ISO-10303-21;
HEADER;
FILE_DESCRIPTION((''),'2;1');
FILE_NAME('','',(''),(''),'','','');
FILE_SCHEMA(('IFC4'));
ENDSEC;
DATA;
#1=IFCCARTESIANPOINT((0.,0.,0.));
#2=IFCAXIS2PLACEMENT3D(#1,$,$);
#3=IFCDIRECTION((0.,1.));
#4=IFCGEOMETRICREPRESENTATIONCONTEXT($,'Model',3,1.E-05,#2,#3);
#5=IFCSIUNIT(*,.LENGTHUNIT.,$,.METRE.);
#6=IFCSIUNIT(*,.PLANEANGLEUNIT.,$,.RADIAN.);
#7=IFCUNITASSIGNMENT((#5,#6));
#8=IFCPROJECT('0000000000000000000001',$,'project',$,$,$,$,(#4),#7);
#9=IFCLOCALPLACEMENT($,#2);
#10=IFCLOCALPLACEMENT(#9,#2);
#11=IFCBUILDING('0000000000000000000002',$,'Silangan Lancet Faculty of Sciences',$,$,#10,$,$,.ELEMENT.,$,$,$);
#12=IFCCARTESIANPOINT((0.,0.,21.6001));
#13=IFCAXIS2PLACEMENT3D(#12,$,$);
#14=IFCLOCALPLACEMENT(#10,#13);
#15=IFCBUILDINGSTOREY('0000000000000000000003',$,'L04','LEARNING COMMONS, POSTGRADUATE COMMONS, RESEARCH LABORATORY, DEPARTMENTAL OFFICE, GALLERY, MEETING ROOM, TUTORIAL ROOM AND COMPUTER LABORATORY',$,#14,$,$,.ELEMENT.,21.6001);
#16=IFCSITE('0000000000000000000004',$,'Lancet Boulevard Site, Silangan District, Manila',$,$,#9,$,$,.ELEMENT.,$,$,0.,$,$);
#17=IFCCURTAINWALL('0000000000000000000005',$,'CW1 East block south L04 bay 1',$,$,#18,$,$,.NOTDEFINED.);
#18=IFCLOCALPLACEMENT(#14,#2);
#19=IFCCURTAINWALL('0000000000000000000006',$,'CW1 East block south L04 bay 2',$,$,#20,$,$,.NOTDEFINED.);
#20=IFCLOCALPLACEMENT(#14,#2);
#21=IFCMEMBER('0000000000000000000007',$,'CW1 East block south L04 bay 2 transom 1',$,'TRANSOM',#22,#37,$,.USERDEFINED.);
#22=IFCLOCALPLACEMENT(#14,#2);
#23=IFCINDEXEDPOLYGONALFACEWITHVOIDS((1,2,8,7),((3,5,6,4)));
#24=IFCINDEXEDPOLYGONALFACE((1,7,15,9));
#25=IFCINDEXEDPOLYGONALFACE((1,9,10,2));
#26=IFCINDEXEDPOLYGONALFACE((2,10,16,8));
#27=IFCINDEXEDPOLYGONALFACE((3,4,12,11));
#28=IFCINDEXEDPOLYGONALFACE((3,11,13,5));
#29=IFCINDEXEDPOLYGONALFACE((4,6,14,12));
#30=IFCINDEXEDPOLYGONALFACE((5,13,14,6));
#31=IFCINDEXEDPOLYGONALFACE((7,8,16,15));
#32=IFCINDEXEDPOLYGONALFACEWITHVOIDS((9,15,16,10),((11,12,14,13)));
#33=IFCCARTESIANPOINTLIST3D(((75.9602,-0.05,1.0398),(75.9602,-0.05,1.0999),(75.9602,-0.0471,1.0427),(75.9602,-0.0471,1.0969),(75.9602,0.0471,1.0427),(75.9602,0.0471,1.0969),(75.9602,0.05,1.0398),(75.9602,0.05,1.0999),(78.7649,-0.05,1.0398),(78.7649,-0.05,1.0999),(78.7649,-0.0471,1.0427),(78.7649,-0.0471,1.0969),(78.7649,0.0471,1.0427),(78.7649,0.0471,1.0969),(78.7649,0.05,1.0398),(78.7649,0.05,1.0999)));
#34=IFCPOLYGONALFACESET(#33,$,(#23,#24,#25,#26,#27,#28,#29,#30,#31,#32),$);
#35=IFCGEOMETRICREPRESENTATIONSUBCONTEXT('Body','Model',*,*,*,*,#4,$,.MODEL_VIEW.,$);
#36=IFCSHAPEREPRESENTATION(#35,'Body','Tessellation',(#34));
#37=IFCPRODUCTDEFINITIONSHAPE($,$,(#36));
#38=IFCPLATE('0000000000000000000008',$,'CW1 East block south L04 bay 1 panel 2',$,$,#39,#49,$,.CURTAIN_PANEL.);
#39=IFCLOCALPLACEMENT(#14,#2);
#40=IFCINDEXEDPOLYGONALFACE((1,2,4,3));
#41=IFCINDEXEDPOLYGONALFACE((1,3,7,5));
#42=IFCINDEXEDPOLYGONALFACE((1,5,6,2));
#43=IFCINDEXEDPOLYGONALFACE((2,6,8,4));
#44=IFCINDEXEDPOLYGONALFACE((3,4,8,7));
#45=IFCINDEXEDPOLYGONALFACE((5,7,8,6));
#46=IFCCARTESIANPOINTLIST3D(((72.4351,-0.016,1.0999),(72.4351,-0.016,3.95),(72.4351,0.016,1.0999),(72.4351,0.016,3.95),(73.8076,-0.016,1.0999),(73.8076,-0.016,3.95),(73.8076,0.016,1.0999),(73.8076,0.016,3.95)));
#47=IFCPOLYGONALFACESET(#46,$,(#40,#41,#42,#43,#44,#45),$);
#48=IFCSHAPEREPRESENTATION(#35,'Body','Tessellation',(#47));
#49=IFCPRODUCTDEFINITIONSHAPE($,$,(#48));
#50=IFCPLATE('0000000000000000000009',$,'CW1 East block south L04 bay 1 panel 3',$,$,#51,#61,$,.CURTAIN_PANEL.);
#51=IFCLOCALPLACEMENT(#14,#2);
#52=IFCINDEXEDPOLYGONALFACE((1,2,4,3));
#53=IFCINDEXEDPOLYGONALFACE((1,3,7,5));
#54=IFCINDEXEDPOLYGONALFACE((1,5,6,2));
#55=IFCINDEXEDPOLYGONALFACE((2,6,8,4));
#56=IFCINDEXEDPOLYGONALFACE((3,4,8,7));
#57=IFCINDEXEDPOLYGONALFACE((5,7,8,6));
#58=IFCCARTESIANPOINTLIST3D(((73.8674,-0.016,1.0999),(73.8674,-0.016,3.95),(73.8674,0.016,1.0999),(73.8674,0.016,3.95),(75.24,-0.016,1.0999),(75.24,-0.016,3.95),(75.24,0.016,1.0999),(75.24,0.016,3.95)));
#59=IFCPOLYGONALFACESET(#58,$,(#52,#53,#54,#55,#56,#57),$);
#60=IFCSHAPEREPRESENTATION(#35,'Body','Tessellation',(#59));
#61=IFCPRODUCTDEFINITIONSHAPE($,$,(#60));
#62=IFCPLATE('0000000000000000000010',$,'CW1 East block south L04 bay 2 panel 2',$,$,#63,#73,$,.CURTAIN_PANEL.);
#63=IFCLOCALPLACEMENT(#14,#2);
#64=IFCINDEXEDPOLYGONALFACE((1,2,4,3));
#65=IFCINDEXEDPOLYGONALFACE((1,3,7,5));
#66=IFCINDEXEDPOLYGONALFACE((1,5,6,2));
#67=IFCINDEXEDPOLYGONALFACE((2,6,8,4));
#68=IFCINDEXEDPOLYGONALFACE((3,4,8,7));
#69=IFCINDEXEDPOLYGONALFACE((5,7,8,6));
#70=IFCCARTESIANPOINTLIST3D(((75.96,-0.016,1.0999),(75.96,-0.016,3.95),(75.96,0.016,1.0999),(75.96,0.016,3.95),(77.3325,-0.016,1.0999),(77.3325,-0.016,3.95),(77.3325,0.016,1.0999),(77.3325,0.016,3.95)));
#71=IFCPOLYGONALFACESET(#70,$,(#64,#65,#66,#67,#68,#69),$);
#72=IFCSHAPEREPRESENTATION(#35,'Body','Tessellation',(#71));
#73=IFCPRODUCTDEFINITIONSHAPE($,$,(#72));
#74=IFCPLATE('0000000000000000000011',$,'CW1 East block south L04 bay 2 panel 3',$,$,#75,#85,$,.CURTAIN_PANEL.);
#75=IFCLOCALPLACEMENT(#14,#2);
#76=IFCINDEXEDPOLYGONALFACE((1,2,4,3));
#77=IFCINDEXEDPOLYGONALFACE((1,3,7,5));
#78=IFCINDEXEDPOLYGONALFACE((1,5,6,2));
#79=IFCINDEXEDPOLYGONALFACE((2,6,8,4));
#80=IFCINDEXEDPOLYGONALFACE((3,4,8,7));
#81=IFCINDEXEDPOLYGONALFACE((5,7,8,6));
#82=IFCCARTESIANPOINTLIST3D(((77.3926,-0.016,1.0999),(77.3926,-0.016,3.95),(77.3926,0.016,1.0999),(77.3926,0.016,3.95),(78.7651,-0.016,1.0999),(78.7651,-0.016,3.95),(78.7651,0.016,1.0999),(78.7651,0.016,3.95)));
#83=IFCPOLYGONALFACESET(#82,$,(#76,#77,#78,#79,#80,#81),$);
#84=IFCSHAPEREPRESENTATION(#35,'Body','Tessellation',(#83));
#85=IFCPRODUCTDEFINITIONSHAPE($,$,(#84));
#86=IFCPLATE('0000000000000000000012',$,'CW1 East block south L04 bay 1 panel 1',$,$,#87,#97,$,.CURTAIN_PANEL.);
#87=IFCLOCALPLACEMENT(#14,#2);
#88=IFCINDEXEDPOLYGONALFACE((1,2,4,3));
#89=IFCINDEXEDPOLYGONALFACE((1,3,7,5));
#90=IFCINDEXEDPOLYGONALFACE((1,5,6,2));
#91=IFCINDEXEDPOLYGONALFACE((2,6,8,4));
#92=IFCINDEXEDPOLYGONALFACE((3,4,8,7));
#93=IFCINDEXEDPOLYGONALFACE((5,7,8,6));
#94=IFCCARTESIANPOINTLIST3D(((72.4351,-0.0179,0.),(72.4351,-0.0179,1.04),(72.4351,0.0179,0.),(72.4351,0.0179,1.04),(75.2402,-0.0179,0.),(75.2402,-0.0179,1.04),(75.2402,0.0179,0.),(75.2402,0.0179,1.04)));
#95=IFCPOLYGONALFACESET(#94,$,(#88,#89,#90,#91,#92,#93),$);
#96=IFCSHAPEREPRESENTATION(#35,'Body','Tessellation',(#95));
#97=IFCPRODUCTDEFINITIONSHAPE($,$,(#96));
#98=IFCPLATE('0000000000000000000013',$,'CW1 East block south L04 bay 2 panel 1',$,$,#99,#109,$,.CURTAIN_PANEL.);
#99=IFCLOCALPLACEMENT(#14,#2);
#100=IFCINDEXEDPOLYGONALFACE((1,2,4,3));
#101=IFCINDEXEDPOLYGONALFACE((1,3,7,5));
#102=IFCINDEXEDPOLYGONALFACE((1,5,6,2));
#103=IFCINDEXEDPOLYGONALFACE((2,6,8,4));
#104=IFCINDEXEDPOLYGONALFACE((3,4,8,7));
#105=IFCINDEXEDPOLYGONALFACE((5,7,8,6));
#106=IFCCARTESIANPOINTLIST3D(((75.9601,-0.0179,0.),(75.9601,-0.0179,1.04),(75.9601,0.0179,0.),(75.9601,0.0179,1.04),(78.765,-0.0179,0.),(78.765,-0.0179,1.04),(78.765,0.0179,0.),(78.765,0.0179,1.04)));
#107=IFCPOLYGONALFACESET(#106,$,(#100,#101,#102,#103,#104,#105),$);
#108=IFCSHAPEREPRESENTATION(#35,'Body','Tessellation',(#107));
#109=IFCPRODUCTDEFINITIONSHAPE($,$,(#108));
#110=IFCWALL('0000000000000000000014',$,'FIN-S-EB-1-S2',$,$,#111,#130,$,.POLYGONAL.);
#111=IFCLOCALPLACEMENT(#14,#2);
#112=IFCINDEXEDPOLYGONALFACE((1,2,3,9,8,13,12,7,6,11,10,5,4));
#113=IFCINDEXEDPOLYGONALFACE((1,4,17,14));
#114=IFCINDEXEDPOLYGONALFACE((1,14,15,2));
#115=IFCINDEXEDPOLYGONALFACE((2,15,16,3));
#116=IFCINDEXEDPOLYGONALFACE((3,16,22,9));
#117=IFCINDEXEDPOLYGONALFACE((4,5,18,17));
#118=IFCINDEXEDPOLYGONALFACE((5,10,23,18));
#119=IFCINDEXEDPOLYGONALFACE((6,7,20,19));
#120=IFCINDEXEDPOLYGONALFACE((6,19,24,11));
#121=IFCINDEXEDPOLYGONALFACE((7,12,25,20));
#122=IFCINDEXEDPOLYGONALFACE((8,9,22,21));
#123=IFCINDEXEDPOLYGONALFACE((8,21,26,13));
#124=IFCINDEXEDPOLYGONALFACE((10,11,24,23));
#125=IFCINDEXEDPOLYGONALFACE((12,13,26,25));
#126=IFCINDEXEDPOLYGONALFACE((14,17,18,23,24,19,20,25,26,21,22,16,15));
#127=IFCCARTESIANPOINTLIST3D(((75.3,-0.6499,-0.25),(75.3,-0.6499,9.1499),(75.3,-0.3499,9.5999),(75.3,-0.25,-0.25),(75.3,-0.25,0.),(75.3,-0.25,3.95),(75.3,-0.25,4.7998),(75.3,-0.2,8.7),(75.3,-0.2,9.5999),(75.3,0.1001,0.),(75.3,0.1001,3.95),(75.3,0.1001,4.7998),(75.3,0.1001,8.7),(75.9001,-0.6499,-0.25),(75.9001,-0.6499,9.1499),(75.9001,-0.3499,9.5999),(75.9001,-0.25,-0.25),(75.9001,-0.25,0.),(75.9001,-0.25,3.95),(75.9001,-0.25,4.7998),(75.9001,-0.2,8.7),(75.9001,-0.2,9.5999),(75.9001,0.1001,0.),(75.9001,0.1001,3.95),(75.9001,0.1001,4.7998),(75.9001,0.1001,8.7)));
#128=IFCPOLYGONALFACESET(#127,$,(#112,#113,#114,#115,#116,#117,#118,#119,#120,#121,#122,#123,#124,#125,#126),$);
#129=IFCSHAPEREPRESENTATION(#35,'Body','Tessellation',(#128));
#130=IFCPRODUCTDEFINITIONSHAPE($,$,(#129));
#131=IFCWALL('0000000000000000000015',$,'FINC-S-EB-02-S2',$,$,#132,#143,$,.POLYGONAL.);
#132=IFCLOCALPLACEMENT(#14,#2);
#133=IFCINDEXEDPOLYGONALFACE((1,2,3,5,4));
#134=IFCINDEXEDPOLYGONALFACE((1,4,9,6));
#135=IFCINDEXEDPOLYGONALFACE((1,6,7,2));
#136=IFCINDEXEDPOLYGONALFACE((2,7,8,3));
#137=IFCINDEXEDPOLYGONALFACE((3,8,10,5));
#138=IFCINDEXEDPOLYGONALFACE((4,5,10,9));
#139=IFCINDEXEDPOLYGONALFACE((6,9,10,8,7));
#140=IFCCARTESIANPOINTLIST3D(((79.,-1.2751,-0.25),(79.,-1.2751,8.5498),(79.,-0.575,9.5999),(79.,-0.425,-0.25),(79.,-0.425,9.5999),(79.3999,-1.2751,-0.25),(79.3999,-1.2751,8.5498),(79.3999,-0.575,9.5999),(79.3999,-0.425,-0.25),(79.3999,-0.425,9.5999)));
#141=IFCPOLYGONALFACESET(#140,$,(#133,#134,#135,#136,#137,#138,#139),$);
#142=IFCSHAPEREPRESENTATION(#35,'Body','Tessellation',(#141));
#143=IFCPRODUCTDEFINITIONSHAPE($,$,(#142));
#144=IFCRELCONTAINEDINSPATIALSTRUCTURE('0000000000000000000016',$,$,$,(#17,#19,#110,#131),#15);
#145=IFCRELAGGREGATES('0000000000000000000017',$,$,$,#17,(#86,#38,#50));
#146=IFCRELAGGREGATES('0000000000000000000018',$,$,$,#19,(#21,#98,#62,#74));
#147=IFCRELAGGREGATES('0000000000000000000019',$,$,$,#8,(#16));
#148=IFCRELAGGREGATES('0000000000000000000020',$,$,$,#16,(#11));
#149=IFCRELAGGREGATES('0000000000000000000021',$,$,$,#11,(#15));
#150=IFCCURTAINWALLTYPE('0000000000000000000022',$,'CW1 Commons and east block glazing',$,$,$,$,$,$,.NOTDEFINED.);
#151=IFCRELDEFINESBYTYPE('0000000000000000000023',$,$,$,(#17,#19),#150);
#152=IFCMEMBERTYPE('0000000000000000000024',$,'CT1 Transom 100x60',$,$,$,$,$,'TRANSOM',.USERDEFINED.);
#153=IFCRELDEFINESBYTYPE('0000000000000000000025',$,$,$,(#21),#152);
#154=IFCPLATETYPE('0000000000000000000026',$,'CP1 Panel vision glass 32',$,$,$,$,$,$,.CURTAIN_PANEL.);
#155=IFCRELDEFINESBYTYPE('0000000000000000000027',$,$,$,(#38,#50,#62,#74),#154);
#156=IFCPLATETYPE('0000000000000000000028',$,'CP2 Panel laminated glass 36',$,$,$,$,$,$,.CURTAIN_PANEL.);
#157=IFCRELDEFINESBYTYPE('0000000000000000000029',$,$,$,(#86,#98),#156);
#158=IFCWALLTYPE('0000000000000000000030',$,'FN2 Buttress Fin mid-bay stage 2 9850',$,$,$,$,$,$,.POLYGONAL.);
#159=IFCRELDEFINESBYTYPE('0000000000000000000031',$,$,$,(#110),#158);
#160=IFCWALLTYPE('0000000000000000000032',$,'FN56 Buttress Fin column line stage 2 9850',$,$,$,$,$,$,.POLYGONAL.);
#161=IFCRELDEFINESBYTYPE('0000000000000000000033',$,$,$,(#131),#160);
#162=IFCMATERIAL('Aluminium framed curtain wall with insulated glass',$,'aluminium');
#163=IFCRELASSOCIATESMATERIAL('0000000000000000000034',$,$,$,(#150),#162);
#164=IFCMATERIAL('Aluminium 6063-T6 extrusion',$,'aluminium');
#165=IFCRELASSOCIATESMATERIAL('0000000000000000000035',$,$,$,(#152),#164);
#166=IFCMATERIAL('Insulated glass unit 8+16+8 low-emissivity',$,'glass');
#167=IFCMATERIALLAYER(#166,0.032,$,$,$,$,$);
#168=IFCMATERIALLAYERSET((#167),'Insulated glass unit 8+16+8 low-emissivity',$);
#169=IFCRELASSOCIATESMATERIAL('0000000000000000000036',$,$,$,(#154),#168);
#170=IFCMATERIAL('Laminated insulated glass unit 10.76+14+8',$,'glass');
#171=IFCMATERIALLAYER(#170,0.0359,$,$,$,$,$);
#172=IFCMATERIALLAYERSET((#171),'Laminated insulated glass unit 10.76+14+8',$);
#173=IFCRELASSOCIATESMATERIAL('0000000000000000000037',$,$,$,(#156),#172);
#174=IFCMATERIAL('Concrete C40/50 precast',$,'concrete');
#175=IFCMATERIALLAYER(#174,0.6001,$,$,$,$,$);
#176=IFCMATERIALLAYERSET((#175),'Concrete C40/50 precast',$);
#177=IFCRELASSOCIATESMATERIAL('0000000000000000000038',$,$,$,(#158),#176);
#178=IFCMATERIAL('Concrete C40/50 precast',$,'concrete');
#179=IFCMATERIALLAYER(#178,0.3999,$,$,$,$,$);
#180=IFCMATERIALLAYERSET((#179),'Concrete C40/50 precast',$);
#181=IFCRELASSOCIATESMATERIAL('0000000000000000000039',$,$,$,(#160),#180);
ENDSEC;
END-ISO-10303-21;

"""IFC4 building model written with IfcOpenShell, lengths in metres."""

from ifc_helpers import new_model, si_unit, direction, frame, origin, origin_2d, place, context, subcontext, project, spatial, polyline, rectangle, hollow_rectangle, outline, extrude, material, layer, layer_set, material_profile, profile_set, type_object, element, aggregate, save


model = new_model("IFC4")

# Units and contexts
model_context = context("Model", 3, precision=1e-05, world=origin(), true_north=direction((0.0, 1.0)))
body_context = subcontext(model_context, "Body", "Model", "MODEL_VIEW")
ifc_project = project(units=[si_unit("LENGTHUNIT", "METRE"), si_unit("PLANEANGLEUNIT", "RADIAN")], contexts=[model_context])

# Site, building, storey
site_placement = place(None, origin())
site = spatial("IfcSite", under=ifc_project, at=site_placement, Name="Lancet Boulevard Site, Silangan District, Manila", CompositionType="ELEMENT", RefElevation=0.0)
building_placement = place(site_placement, origin())
building = spatial("IfcBuilding", under=site, at=building_placement, Name="Silangan Lancet Faculty of Sciences", CompositionType="ELEMENT")
storey_placement = place(building_placement, frame((0.0, 0.0, 21.6001)))
storey = spatial("IfcBuildingStorey", under=building, at=storey_placement, Name="L04", Description="LEARNING COMMONS, POSTGRADUATE COMMONS, RESEARCH LABORATORY, DEPARTMENTAL OFFICE, GALLERY, MEETING ROOM, TUTORIAL ROOM AND COMPUTER LABORATORY", CompositionType="ELEMENT", Elevation=21.6001)

# Curtain walls
ifc_material_1 = material(Name="Aluminium framed curtain wall with insulated glass", Category="aluminium")
curtain_wall_type = type_object("IfcCurtainWallType", Name="CW1 Commons and east block glazing", PredefinedType="NOTDEFINED", material=ifc_material_1)
curtain_wall_1_placement = place(storey_placement, origin())
curtain_wall_1 = element("IfcCurtainWall", 1, at=curtain_wall_1_placement, inside=storey, type_object=curtain_wall_type, Name="CW1 East block south L04 bay 1", PredefinedType="NOTDEFINED")
curtain_wall_2_placement = place(storey_placement, origin())
curtain_wall_2 = element("IfcCurtainWall", 2, at=curtain_wall_2_placement, inside=storey, type_object=curtain_wall_type, Name="CW1 East block south L04 bay 2", PredefinedType="NOTDEFINED")

# Member
ifc_material_2 = material(Name="Aluminium 6063-T6 extrusion", Category="aluminium")
ifc_material_profile_1 = material_profile(ifc_material_2, hollow_rectangle(XDim=0.1001, YDim=0.0601, WallThickness=0.0029, at=origin_2d()), Name="AL BOX 100x60x3")
ifc_profile_set_1 = profile_set([ifc_material_profile_1], Name="Aluminium 6063-T6 extrusion")
member_type_1 = type_object("IfcMemberType", Name="CT1 Transom 100x60", ElementType="TRANSOM", PredefinedType="USERDEFINED", material=ifc_profile_set_1)
member_1_placement = place(storey_placement, frame((75.9602, 0.0, 1.0698), z_axis=(1.0, 0.0, 0.0), x_axis=(0.0, 1.0, 0.0)))
member_1 = element("IfcMember", 3, at=member_1_placement, type_object=member_type_1, Name="CW1 East block south L04 bay 2 transom 1", ObjectType="TRANSOM", PredefinedType="USERDEFINED", context=body_context, shape_type="SweptSolid", body=[
    extrude(hollow_rectangle(XDim=0.1001, YDim=0.0601, WallThickness=0.0029, at=origin_2d()), origin(), (0.0, 0.0, 1.0), 2.8047),
])

# Plates
ifc_material_3 = material(Name="Insulated glass unit 8+16+8 low-emissivity", Category="glass")
ifc_layer_1 = layer(ifc_material_3, 0.032)
ifc_layer_set_1 = layer_set([ifc_layer_1], Name="Insulated glass unit 8+16+8 low-emissivity")
plate_type_1 = type_object("IfcPlateType", Name="CP1 Panel vision glass 32", PredefinedType="CURTAIN_PANEL", material=ifc_layer_set_1)
plate_1_placement = place(storey_placement, frame((73.1213, 0.0, 1.0999), z_axis=(0.0, 0.0, 1.0), x_axis=(1.0, 0.0, 0.0)))
plate_1 = element("IfcPlate", 4, at=plate_1_placement, type_object=plate_type_1, Name="CW1 East block south L04 bay 1 panel 2", PredefinedType="CURTAIN_PANEL", context=body_context, shape_type="SweptSolid", body=[
    extrude(rectangle(XDim=1.3726, YDim=0.032, at=origin_2d()), origin(), (0.0, 0.0, 1.0), 2.8501),
])
plate_2_placement = place(storey_placement, frame((74.5537, 0.0, 1.0999), z_axis=(0.0, 0.0, 1.0), x_axis=(1.0, 0.0, 0.0)))
plate_2 = element("IfcPlate", 5, at=plate_2_placement, type_object=plate_type_1, Name="CW1 East block south L04 bay 1 panel 3", PredefinedType="CURTAIN_PANEL", context=body_context, shape_type="SweptSolid", body=[
    extrude(rectangle(XDim=1.3726, YDim=0.032, at=origin_2d()), origin(), (0.0, 0.0, 1.0), 2.8501),
])
plate_3_placement = place(storey_placement, frame((76.6462, 0.0, 1.0999), z_axis=(0.0, 0.0, 1.0), x_axis=(1.0, 0.0, 0.0)))
plate_3 = element("IfcPlate", 6, at=plate_3_placement, type_object=plate_type_1, Name="CW1 East block south L04 bay 2 panel 2", PredefinedType="CURTAIN_PANEL", context=body_context, shape_type="SweptSolid", body=[
    extrude(rectangle(XDim=1.3726, YDim=0.032, at=origin_2d()), origin(), (0.0, 0.0, 1.0), 2.8501),
])
plate_4_placement = place(storey_placement, frame((78.0789, 0.0, 1.0999), z_axis=(0.0, 0.0, 1.0), x_axis=(1.0, 0.0, 0.0)))
plate_4 = element("IfcPlate", 7, at=plate_4_placement, type_object=plate_type_1, Name="CW1 East block south L04 bay 2 panel 3", PredefinedType="CURTAIN_PANEL", context=body_context, shape_type="SweptSolid", body=[
    extrude(rectangle(XDim=1.3726, YDim=0.032, at=origin_2d()), origin(), (0.0, 0.0, 1.0), 2.8501),
])
ifc_material_4 = material(Name="Laminated insulated glass unit 10.76+14+8", Category="glass")
ifc_layer_2 = layer(ifc_material_4, 0.0359)
ifc_layer_set_2 = layer_set([ifc_layer_2], Name="Laminated insulated glass unit 10.76+14+8")
plate_type_2 = type_object("IfcPlateType", Name="CP2 Panel laminated glass 36", PredefinedType="CURTAIN_PANEL", material=ifc_layer_set_2)
plate_5_placement = place(storey_placement, frame((73.8376, 0.0, 0.0), z_axis=(0.0, 0.0, 1.0), x_axis=(1.0, 0.0, 0.0)))
plate_5 = element("IfcPlate", 8, at=plate_5_placement, type_object=plate_type_2, Name="CW1 East block south L04 bay 1 panel 1", PredefinedType="CURTAIN_PANEL", context=body_context, shape_type="SweptSolid", body=[
    extrude(rectangle(XDim=2.8052, YDim=0.0359, at=origin_2d()), origin(), (0.0, 0.0, 1.0), 1.04),
])
aggregate(curtain_wall_1, [plate_5, plate_1, plate_2])
plate_6_placement = place(storey_placement, frame((77.3625, 0.0, 0.0), z_axis=(0.0, 0.0, 1.0), x_axis=(1.0, 0.0, 0.0)))
plate_6 = element("IfcPlate", 9, at=plate_6_placement, type_object=plate_type_2, Name="CW1 East block south L04 bay 2 panel 1", PredefinedType="CURTAIN_PANEL", context=body_context, shape_type="SweptSolid", body=[
    extrude(rectangle(XDim=2.8049, YDim=0.0359, at=origin_2d()), origin(), (0.0, 0.0, 1.0), 1.04),
])
aggregate(curtain_wall_2, [member_1, plate_6, plate_3, plate_4])

# Walls
ifc_material_5 = material(Name="Concrete C40/50 precast", Category="concrete")
ifc_layer_3 = layer(ifc_material_5, 0.6001)
ifc_layer_set_3 = layer_set([ifc_layer_3], Name="Concrete C40/50 precast")
wall_type_1 = type_object("IfcWallType", Name="FN2 Buttress Fin mid-bay stage 2 9850", PredefinedType="POLYGONAL", material=ifc_layer_set_3)
wall_1_placement = place(storey_placement, frame((75.6001, 0.1001, -0.25), z_axis=(0.0, 0.0, 1.0), x_axis=(0.0, -1.0, 0.0)))
element("IfcWall", 10, at=wall_1_placement, inside=storey, type_object=wall_type_1, Name="FIN-S-EB-1-S2", PredefinedType="POLYGONAL", context=body_context, shape_type="SweptSolid", body=[
    extrude(outline(polyline([(0.75, 0.0), (0.75, 9.3999), (0.45, 9.8499), (0.3, 9.8499), (0.3, 8.95), (0.0, 8.95), (0.0, 5.0498), (0.3501, 5.0498), (0.3501, 4.2), (0.0, 4.2), (0.0, 0.25), (0.3501, 0.25), (0.3501, 0.0), (0.75, 0.0)])), frame((0.0, 0.3, 0.0), z_axis=(0.0, -1.0, 0.0), x_axis=(1.0, 0.0, 0.0)), (0.0, 0.0, 1.0), 0.6001),
])
ifc_material_6 = material(Name="Concrete C40/50 precast", Category="concrete")
ifc_layer_4 = layer(ifc_material_6, 0.3999)
ifc_layer_set_4 = layer_set([ifc_layer_4], Name="Concrete C40/50 precast")
wall_type_2 = type_object("IfcWallType", Name="FN56 Buttress Fin column line stage 2 9850", PredefinedType="POLYGONAL", material=ifc_layer_set_4)
wall_2_placement = place(storey_placement, frame((79.2, -0.425, -0.25), z_axis=(0.0, 0.0, 1.0), x_axis=(0.0, -1.0, 0.0)))
element("IfcWall", 11, at=wall_2_placement, inside=storey, type_object=wall_type_2, Name="FINC-S-EB-02-S2", PredefinedType="POLYGONAL", context=body_context, shape_type="SweptSolid", body=[
    extrude(outline(polyline([(0.8501, 0.0), (0.8501, 8.7998), (0.1499, 9.8499), (0.0, 9.8499), (0.0, 0.0), (0.8501, 0.0)])), frame((0.0, 0.2, 0.0), z_axis=(0.0, -1.0, 0.0), x_axis=(1.0, 0.0, 0.0)), (0.0, 0.0, 1.0), 0.3999),
])

save(model, "model.ifc")
